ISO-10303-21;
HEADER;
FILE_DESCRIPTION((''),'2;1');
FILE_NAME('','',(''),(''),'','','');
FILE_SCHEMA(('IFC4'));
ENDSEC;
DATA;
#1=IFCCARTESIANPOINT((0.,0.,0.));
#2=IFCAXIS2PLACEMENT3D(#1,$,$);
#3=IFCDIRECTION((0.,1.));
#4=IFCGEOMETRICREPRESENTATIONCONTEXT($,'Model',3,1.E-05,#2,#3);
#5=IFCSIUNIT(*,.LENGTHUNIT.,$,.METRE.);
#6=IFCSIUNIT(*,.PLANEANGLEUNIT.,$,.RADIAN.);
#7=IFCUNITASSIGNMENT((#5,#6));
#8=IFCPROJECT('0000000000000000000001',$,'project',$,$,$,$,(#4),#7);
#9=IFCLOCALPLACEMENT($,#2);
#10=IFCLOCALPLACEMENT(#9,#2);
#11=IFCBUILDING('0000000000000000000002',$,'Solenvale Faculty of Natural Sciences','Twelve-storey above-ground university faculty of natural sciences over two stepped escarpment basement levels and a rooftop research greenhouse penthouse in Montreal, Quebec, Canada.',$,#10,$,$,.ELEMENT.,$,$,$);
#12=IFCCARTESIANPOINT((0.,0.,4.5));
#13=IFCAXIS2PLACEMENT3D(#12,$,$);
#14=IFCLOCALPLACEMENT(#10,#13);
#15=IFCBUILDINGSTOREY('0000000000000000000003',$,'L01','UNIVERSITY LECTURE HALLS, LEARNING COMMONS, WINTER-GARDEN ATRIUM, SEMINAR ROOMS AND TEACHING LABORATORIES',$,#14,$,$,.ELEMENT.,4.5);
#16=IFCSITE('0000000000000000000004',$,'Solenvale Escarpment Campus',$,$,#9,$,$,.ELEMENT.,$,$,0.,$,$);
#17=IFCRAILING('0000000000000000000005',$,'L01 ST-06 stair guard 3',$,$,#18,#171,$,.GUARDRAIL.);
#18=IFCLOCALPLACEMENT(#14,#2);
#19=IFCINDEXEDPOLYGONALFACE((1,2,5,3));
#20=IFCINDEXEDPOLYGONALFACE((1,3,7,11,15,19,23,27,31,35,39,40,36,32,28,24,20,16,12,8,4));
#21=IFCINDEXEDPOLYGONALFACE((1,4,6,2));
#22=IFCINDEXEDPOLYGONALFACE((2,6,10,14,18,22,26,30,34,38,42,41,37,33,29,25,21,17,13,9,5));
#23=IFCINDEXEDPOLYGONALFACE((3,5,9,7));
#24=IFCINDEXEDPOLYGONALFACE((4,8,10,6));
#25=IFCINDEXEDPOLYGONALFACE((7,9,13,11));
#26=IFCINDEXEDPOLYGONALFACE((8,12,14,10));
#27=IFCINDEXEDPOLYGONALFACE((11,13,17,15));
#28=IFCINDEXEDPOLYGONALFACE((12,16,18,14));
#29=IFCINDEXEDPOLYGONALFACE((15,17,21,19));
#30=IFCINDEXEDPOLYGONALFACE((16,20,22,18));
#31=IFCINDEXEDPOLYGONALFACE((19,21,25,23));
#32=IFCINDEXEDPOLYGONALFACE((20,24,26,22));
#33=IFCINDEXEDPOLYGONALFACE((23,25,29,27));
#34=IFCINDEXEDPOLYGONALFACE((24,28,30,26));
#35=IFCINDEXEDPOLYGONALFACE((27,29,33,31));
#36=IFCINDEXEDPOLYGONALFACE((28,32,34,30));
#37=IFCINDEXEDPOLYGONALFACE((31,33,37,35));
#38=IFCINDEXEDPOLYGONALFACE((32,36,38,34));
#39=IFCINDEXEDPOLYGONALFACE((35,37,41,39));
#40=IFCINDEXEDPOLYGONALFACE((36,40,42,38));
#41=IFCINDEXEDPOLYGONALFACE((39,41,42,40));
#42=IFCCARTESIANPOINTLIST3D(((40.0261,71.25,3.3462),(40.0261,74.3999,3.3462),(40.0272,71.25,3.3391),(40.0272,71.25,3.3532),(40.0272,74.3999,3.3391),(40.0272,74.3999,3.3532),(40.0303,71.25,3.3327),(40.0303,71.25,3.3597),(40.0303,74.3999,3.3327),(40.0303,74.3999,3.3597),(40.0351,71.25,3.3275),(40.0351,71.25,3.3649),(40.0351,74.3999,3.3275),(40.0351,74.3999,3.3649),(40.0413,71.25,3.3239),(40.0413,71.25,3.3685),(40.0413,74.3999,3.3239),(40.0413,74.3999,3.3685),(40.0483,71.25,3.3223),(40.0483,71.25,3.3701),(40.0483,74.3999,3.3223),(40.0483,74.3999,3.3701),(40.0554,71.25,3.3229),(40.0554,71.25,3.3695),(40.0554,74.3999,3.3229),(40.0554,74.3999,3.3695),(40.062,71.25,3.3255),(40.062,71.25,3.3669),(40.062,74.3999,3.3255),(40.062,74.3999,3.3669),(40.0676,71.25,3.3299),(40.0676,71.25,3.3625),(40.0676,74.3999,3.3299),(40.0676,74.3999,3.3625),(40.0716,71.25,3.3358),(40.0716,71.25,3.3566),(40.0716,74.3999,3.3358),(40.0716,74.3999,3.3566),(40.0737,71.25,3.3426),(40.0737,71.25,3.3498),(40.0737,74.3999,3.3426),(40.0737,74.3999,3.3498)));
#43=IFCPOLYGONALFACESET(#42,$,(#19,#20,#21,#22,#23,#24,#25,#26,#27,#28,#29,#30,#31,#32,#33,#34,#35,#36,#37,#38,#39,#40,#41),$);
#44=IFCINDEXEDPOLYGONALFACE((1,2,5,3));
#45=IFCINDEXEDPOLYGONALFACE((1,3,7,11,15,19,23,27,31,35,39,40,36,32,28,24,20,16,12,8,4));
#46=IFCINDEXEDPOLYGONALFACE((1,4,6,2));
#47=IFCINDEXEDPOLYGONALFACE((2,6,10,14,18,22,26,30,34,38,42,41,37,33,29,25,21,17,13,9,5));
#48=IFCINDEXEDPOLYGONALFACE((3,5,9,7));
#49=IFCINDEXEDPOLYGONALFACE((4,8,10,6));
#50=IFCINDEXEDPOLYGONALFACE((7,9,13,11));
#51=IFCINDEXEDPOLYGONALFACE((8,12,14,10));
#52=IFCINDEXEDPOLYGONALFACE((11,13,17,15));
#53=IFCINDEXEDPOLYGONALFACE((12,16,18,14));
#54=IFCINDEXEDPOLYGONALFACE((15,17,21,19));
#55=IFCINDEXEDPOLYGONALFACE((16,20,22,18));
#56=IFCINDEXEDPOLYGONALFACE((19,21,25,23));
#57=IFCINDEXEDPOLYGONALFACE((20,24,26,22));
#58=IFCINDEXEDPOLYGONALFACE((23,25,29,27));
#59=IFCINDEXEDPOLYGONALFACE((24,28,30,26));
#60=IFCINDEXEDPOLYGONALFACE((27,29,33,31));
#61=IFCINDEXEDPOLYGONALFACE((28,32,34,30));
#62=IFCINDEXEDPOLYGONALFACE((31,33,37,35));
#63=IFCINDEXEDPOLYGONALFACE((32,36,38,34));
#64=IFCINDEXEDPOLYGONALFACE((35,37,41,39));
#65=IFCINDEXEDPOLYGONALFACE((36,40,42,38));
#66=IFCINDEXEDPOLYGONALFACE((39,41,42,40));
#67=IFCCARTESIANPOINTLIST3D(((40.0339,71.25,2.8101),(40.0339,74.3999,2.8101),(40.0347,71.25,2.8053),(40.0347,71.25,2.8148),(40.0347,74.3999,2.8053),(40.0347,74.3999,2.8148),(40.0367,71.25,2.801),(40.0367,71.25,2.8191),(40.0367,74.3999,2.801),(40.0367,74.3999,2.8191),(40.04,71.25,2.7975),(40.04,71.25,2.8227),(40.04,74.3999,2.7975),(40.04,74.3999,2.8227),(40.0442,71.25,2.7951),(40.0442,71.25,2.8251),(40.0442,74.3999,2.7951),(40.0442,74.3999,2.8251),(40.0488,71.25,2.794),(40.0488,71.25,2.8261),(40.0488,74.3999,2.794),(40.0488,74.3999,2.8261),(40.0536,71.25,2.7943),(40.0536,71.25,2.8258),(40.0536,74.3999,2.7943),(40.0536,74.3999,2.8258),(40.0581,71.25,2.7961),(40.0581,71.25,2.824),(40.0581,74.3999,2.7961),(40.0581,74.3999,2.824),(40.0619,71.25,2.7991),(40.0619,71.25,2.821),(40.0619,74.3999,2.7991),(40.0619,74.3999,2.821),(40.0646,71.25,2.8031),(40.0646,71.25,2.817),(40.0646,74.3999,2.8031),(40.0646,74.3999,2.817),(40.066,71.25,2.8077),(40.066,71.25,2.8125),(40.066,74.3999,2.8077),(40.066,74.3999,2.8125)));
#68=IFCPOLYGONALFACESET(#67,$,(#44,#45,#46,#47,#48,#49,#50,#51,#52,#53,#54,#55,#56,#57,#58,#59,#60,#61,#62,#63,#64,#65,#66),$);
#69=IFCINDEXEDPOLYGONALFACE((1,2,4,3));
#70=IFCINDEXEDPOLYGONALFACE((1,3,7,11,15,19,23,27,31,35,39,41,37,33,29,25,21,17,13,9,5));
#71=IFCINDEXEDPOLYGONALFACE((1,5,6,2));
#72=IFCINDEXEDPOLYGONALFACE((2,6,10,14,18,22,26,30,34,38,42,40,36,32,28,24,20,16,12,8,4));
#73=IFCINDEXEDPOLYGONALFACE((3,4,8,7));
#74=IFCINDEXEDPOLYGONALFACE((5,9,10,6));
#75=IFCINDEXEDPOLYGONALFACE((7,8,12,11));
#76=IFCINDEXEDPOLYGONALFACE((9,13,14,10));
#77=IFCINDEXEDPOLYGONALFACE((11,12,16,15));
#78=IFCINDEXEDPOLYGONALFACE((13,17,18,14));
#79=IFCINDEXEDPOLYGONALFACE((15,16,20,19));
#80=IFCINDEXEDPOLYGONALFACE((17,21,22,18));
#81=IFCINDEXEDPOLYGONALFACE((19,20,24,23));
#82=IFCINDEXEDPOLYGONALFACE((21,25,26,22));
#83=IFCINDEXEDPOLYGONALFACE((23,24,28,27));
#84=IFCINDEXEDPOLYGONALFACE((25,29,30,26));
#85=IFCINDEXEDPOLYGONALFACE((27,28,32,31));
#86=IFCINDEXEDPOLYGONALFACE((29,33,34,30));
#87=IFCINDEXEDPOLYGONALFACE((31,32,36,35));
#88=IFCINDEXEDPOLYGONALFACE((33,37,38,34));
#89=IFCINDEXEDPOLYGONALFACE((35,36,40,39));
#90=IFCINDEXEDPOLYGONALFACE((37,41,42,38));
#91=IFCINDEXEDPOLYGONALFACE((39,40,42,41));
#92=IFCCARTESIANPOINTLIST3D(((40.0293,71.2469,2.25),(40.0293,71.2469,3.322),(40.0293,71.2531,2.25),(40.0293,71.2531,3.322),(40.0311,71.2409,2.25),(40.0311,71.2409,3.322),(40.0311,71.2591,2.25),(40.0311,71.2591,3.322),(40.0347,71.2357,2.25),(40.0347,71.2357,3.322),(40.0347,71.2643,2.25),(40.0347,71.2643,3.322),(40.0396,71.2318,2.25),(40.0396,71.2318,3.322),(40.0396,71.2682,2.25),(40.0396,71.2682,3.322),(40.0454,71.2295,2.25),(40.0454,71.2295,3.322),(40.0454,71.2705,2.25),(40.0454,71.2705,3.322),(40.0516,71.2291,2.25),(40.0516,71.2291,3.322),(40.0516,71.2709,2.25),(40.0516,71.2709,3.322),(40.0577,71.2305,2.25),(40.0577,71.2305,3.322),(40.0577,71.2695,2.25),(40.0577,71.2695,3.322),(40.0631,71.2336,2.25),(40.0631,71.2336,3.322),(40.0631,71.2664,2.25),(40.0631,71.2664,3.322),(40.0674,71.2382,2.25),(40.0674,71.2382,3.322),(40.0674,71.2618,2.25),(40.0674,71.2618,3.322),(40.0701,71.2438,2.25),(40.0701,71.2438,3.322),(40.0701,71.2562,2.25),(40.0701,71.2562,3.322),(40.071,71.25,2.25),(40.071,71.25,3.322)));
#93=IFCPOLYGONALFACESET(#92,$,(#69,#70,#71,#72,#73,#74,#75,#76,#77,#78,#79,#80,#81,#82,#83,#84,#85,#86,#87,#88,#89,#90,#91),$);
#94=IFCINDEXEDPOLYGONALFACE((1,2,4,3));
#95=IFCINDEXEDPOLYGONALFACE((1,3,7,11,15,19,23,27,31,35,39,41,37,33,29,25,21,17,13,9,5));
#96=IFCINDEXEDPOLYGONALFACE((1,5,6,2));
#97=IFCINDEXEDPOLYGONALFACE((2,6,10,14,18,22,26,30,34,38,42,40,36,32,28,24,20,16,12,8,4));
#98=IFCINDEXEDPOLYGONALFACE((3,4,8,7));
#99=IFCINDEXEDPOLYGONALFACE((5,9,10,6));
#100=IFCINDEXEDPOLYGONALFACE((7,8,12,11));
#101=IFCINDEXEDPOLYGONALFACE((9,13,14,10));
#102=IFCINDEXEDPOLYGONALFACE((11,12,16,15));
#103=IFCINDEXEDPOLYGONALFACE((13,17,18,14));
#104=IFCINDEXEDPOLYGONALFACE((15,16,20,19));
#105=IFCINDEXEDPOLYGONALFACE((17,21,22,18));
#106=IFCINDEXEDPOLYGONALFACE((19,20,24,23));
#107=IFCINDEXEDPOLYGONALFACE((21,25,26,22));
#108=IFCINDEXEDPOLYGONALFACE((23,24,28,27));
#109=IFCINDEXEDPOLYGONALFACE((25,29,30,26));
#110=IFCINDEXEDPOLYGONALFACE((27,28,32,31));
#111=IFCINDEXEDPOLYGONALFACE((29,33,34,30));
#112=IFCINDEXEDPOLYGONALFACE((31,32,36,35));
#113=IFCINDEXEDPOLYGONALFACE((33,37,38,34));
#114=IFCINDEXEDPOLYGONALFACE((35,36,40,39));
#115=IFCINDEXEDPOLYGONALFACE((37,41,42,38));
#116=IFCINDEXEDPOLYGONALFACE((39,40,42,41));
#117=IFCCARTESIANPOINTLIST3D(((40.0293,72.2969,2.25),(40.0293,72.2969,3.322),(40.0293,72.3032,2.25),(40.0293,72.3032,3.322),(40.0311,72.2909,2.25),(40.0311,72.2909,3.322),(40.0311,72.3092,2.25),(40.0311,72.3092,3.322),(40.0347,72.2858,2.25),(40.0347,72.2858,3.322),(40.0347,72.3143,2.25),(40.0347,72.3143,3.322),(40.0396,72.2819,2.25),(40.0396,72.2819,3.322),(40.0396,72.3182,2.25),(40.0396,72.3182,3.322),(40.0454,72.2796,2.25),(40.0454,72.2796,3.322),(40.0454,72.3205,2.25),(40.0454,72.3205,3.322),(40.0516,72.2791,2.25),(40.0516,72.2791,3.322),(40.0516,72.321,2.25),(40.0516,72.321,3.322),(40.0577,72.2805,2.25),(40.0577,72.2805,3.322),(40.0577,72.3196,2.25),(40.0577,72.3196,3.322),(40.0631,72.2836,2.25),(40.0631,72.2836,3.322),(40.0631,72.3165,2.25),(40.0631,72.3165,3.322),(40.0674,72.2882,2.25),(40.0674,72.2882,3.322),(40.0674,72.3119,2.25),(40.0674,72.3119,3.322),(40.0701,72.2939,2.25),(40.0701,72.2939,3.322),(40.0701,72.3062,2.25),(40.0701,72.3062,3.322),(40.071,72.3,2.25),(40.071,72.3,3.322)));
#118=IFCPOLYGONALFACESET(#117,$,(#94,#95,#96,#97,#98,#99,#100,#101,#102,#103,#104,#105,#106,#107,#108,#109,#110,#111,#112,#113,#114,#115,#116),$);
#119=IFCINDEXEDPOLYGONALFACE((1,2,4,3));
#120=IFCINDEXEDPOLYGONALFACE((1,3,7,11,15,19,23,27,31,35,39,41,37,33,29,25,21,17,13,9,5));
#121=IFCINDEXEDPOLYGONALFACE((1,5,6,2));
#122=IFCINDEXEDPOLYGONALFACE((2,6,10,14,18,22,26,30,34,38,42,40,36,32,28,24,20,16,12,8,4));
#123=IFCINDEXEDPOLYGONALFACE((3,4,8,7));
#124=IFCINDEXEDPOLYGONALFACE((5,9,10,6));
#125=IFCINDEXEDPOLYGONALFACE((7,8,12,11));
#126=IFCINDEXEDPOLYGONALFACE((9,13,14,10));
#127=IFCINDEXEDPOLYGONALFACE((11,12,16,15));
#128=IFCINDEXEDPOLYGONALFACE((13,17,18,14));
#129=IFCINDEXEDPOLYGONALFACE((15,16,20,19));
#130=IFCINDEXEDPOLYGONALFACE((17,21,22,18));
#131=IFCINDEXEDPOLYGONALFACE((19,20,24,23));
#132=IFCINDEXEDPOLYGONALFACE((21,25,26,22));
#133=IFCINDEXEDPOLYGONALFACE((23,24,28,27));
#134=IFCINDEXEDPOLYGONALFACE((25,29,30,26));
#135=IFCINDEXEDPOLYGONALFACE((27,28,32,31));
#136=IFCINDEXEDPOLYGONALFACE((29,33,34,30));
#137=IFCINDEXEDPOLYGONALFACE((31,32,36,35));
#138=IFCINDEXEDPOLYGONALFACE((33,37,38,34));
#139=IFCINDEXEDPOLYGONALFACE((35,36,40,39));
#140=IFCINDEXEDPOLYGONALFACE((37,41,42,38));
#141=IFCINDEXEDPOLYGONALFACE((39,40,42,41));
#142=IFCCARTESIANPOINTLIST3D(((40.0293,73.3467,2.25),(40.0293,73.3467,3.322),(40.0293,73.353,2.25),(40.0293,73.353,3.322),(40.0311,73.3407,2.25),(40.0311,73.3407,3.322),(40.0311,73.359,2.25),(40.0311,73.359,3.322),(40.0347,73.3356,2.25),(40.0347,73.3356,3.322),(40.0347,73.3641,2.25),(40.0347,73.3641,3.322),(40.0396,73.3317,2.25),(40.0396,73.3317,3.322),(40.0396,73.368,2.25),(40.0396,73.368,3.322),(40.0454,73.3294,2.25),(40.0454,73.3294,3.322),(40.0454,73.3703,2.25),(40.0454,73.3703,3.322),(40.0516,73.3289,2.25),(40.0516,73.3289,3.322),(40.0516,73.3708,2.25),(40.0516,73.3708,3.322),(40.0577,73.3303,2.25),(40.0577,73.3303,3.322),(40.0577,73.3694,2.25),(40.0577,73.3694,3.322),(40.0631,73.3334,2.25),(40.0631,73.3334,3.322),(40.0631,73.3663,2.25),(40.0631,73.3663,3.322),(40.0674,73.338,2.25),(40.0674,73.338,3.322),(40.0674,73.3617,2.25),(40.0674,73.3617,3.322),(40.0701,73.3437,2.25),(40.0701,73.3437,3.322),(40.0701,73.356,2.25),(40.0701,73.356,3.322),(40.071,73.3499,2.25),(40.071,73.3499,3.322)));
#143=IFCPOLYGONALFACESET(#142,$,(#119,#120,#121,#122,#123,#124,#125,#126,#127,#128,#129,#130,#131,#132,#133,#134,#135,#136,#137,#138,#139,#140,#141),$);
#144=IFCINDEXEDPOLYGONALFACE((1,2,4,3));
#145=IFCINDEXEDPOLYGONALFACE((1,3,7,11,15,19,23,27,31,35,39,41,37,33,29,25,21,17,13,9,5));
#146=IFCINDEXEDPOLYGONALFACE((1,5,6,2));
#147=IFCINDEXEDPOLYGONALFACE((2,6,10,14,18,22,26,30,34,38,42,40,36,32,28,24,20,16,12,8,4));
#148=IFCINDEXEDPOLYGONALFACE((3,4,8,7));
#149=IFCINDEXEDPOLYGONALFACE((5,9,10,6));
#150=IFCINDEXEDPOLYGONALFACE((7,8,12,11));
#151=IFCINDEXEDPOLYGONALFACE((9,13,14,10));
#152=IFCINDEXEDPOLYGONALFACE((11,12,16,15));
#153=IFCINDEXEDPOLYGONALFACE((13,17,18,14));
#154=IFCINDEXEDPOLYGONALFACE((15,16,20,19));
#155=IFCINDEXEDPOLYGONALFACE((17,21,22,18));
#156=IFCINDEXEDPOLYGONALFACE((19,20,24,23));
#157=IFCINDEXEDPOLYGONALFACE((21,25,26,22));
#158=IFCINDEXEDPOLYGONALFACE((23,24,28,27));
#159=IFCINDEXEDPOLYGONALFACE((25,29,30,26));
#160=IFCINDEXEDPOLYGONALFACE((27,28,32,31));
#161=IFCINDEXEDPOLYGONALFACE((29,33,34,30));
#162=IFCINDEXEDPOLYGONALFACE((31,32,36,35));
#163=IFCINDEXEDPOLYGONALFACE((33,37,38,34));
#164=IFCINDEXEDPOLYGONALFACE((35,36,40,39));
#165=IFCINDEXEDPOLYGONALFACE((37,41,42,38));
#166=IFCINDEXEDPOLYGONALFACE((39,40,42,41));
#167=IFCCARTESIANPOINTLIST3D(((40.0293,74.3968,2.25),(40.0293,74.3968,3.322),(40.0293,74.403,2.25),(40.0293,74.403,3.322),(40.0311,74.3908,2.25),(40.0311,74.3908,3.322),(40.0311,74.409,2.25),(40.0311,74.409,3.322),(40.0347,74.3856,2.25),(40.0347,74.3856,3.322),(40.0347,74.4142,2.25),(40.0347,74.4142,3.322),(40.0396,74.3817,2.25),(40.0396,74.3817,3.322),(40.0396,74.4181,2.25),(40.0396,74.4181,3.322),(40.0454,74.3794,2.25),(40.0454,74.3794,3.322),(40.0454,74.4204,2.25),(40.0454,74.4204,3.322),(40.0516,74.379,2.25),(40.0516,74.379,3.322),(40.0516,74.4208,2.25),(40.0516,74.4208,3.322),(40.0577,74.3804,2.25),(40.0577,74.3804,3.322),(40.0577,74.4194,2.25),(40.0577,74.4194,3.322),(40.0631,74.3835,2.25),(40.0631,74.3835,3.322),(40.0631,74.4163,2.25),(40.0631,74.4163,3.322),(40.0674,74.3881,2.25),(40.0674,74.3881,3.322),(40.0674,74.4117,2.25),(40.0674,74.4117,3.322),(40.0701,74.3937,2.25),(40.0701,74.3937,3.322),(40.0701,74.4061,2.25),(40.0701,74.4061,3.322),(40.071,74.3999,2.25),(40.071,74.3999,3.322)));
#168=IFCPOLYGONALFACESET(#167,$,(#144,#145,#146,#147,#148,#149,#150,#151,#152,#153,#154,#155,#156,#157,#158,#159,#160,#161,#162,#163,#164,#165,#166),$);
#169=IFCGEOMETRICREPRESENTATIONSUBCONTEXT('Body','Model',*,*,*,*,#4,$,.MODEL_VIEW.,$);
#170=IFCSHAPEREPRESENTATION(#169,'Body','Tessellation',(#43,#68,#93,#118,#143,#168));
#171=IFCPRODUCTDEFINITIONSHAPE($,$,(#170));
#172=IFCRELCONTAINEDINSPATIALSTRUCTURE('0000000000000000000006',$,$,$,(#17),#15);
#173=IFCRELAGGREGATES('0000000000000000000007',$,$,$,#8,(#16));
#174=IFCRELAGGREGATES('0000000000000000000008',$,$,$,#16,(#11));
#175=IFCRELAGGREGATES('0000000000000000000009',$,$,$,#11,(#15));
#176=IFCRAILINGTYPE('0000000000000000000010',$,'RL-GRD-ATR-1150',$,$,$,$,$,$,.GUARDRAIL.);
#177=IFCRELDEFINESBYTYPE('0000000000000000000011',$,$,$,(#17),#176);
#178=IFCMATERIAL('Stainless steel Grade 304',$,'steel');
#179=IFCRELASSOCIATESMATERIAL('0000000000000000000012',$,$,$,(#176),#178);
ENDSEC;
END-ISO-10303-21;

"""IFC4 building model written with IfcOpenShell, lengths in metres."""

from ifc_helpers import new_model, si_unit, direction, frame, origin, origin_2d, place, context, subcontext, project, spatial, circle, extrude, material, type_object, element, save


model = new_model("IFC4")

# Units and contexts
model_context = context("Model", 3, precision=1e-05, world=origin(), true_north=direction((0.0, 1.0)))
body_context = subcontext(model_context, "Body", "Model", "MODEL_VIEW")
ifc_project = project(units=[si_unit("LENGTHUNIT", "METRE"), si_unit("PLANEANGLEUNIT", "RADIAN")], contexts=[model_context])

# Site, building, storey
site_placement = place(None, origin())
site = spatial("IfcSite", under=ifc_project, at=site_placement, Name="Solenvale Escarpment Campus", CompositionType="ELEMENT", RefElevation=0.0)
building_placement = place(site_placement, origin())
building = spatial("IfcBuilding", under=site, at=building_placement, Name="Solenvale Faculty of Natural Sciences", Description="Twelve-storey above-ground university faculty of natural sciences over two stepped escarpment basement levels and a rooftop research greenhouse penthouse in Montreal, Quebec, Canada.", CompositionType="ELEMENT")
storey_placement = place(building_placement, frame((0.0, 0.0, 4.5)))
storey = spatial("IfcBuildingStorey", under=building, at=storey_placement, Name="L01", Description="UNIVERSITY LECTURE HALLS, LEARNING COMMONS, WINTER-GARDEN ATRIUM, SEMINAR ROOMS AND TEACHING LABORATORIES", CompositionType="ELEMENT", Elevation=4.5)

# Railing
ifc_material_1 = material(Name="Stainless steel Grade 304", Category="steel")
railing_type_1 = type_object("IfcRailingType", Name="RL-GRD-ATR-1150", PredefinedType="GUARDRAIL", material=ifc_material_1)
for number, where, name in (
    (1, (40.05, 71.25, 2.25), "L01 ST-06 stair guard 3"),
):
    element("IfcRailing", number, at=place(storey_placement, frame(where)), inside=storey, type_object=railing_type_1, Name=name, PredefinedType="GUARDRAIL", context=body_context, shape_type="SweptSolid", body=[
        extrude(circle(Radius=0.0239, at=origin_2d()), frame((0.0, 0.0, 1.0962), z_axis=(0.0, 1.0, 0.0), x_axis=(-1.0, 0.0, 0.0)), (0.0, 0.0, 1.0), 3.1499),
        extrude(circle(Radius=0.0161, at=origin_2d()), frame((0.0, 0.0, 0.5601), z_axis=(0.0, 1.0, 0.0), x_axis=(-1.0, 0.0, 0.0)), (0.0, 0.0, 1.0), 3.1499),
        extrude(circle(Radius=0.021, at=origin_2d()), origin(), (0.0, 0.0, 1.0), 1.072),
        extrude(circle(Radius=0.021, at=origin_2d()), frame((0.0, 1.05, 0.0)), (0.0, 0.0, 1.0), 1.072),
        extrude(circle(Radius=0.021, at=origin_2d()), frame((0.0, 2.0999, 0.0)), (0.0, 0.0, 1.0), 1.072),
        extrude(circle(Radius=0.021, at=origin_2d()), frame((0.0, 3.1499, 0.0)), (0.0, 0.0, 1.0), 1.072),
    ])

save(model, "model.ifc")
